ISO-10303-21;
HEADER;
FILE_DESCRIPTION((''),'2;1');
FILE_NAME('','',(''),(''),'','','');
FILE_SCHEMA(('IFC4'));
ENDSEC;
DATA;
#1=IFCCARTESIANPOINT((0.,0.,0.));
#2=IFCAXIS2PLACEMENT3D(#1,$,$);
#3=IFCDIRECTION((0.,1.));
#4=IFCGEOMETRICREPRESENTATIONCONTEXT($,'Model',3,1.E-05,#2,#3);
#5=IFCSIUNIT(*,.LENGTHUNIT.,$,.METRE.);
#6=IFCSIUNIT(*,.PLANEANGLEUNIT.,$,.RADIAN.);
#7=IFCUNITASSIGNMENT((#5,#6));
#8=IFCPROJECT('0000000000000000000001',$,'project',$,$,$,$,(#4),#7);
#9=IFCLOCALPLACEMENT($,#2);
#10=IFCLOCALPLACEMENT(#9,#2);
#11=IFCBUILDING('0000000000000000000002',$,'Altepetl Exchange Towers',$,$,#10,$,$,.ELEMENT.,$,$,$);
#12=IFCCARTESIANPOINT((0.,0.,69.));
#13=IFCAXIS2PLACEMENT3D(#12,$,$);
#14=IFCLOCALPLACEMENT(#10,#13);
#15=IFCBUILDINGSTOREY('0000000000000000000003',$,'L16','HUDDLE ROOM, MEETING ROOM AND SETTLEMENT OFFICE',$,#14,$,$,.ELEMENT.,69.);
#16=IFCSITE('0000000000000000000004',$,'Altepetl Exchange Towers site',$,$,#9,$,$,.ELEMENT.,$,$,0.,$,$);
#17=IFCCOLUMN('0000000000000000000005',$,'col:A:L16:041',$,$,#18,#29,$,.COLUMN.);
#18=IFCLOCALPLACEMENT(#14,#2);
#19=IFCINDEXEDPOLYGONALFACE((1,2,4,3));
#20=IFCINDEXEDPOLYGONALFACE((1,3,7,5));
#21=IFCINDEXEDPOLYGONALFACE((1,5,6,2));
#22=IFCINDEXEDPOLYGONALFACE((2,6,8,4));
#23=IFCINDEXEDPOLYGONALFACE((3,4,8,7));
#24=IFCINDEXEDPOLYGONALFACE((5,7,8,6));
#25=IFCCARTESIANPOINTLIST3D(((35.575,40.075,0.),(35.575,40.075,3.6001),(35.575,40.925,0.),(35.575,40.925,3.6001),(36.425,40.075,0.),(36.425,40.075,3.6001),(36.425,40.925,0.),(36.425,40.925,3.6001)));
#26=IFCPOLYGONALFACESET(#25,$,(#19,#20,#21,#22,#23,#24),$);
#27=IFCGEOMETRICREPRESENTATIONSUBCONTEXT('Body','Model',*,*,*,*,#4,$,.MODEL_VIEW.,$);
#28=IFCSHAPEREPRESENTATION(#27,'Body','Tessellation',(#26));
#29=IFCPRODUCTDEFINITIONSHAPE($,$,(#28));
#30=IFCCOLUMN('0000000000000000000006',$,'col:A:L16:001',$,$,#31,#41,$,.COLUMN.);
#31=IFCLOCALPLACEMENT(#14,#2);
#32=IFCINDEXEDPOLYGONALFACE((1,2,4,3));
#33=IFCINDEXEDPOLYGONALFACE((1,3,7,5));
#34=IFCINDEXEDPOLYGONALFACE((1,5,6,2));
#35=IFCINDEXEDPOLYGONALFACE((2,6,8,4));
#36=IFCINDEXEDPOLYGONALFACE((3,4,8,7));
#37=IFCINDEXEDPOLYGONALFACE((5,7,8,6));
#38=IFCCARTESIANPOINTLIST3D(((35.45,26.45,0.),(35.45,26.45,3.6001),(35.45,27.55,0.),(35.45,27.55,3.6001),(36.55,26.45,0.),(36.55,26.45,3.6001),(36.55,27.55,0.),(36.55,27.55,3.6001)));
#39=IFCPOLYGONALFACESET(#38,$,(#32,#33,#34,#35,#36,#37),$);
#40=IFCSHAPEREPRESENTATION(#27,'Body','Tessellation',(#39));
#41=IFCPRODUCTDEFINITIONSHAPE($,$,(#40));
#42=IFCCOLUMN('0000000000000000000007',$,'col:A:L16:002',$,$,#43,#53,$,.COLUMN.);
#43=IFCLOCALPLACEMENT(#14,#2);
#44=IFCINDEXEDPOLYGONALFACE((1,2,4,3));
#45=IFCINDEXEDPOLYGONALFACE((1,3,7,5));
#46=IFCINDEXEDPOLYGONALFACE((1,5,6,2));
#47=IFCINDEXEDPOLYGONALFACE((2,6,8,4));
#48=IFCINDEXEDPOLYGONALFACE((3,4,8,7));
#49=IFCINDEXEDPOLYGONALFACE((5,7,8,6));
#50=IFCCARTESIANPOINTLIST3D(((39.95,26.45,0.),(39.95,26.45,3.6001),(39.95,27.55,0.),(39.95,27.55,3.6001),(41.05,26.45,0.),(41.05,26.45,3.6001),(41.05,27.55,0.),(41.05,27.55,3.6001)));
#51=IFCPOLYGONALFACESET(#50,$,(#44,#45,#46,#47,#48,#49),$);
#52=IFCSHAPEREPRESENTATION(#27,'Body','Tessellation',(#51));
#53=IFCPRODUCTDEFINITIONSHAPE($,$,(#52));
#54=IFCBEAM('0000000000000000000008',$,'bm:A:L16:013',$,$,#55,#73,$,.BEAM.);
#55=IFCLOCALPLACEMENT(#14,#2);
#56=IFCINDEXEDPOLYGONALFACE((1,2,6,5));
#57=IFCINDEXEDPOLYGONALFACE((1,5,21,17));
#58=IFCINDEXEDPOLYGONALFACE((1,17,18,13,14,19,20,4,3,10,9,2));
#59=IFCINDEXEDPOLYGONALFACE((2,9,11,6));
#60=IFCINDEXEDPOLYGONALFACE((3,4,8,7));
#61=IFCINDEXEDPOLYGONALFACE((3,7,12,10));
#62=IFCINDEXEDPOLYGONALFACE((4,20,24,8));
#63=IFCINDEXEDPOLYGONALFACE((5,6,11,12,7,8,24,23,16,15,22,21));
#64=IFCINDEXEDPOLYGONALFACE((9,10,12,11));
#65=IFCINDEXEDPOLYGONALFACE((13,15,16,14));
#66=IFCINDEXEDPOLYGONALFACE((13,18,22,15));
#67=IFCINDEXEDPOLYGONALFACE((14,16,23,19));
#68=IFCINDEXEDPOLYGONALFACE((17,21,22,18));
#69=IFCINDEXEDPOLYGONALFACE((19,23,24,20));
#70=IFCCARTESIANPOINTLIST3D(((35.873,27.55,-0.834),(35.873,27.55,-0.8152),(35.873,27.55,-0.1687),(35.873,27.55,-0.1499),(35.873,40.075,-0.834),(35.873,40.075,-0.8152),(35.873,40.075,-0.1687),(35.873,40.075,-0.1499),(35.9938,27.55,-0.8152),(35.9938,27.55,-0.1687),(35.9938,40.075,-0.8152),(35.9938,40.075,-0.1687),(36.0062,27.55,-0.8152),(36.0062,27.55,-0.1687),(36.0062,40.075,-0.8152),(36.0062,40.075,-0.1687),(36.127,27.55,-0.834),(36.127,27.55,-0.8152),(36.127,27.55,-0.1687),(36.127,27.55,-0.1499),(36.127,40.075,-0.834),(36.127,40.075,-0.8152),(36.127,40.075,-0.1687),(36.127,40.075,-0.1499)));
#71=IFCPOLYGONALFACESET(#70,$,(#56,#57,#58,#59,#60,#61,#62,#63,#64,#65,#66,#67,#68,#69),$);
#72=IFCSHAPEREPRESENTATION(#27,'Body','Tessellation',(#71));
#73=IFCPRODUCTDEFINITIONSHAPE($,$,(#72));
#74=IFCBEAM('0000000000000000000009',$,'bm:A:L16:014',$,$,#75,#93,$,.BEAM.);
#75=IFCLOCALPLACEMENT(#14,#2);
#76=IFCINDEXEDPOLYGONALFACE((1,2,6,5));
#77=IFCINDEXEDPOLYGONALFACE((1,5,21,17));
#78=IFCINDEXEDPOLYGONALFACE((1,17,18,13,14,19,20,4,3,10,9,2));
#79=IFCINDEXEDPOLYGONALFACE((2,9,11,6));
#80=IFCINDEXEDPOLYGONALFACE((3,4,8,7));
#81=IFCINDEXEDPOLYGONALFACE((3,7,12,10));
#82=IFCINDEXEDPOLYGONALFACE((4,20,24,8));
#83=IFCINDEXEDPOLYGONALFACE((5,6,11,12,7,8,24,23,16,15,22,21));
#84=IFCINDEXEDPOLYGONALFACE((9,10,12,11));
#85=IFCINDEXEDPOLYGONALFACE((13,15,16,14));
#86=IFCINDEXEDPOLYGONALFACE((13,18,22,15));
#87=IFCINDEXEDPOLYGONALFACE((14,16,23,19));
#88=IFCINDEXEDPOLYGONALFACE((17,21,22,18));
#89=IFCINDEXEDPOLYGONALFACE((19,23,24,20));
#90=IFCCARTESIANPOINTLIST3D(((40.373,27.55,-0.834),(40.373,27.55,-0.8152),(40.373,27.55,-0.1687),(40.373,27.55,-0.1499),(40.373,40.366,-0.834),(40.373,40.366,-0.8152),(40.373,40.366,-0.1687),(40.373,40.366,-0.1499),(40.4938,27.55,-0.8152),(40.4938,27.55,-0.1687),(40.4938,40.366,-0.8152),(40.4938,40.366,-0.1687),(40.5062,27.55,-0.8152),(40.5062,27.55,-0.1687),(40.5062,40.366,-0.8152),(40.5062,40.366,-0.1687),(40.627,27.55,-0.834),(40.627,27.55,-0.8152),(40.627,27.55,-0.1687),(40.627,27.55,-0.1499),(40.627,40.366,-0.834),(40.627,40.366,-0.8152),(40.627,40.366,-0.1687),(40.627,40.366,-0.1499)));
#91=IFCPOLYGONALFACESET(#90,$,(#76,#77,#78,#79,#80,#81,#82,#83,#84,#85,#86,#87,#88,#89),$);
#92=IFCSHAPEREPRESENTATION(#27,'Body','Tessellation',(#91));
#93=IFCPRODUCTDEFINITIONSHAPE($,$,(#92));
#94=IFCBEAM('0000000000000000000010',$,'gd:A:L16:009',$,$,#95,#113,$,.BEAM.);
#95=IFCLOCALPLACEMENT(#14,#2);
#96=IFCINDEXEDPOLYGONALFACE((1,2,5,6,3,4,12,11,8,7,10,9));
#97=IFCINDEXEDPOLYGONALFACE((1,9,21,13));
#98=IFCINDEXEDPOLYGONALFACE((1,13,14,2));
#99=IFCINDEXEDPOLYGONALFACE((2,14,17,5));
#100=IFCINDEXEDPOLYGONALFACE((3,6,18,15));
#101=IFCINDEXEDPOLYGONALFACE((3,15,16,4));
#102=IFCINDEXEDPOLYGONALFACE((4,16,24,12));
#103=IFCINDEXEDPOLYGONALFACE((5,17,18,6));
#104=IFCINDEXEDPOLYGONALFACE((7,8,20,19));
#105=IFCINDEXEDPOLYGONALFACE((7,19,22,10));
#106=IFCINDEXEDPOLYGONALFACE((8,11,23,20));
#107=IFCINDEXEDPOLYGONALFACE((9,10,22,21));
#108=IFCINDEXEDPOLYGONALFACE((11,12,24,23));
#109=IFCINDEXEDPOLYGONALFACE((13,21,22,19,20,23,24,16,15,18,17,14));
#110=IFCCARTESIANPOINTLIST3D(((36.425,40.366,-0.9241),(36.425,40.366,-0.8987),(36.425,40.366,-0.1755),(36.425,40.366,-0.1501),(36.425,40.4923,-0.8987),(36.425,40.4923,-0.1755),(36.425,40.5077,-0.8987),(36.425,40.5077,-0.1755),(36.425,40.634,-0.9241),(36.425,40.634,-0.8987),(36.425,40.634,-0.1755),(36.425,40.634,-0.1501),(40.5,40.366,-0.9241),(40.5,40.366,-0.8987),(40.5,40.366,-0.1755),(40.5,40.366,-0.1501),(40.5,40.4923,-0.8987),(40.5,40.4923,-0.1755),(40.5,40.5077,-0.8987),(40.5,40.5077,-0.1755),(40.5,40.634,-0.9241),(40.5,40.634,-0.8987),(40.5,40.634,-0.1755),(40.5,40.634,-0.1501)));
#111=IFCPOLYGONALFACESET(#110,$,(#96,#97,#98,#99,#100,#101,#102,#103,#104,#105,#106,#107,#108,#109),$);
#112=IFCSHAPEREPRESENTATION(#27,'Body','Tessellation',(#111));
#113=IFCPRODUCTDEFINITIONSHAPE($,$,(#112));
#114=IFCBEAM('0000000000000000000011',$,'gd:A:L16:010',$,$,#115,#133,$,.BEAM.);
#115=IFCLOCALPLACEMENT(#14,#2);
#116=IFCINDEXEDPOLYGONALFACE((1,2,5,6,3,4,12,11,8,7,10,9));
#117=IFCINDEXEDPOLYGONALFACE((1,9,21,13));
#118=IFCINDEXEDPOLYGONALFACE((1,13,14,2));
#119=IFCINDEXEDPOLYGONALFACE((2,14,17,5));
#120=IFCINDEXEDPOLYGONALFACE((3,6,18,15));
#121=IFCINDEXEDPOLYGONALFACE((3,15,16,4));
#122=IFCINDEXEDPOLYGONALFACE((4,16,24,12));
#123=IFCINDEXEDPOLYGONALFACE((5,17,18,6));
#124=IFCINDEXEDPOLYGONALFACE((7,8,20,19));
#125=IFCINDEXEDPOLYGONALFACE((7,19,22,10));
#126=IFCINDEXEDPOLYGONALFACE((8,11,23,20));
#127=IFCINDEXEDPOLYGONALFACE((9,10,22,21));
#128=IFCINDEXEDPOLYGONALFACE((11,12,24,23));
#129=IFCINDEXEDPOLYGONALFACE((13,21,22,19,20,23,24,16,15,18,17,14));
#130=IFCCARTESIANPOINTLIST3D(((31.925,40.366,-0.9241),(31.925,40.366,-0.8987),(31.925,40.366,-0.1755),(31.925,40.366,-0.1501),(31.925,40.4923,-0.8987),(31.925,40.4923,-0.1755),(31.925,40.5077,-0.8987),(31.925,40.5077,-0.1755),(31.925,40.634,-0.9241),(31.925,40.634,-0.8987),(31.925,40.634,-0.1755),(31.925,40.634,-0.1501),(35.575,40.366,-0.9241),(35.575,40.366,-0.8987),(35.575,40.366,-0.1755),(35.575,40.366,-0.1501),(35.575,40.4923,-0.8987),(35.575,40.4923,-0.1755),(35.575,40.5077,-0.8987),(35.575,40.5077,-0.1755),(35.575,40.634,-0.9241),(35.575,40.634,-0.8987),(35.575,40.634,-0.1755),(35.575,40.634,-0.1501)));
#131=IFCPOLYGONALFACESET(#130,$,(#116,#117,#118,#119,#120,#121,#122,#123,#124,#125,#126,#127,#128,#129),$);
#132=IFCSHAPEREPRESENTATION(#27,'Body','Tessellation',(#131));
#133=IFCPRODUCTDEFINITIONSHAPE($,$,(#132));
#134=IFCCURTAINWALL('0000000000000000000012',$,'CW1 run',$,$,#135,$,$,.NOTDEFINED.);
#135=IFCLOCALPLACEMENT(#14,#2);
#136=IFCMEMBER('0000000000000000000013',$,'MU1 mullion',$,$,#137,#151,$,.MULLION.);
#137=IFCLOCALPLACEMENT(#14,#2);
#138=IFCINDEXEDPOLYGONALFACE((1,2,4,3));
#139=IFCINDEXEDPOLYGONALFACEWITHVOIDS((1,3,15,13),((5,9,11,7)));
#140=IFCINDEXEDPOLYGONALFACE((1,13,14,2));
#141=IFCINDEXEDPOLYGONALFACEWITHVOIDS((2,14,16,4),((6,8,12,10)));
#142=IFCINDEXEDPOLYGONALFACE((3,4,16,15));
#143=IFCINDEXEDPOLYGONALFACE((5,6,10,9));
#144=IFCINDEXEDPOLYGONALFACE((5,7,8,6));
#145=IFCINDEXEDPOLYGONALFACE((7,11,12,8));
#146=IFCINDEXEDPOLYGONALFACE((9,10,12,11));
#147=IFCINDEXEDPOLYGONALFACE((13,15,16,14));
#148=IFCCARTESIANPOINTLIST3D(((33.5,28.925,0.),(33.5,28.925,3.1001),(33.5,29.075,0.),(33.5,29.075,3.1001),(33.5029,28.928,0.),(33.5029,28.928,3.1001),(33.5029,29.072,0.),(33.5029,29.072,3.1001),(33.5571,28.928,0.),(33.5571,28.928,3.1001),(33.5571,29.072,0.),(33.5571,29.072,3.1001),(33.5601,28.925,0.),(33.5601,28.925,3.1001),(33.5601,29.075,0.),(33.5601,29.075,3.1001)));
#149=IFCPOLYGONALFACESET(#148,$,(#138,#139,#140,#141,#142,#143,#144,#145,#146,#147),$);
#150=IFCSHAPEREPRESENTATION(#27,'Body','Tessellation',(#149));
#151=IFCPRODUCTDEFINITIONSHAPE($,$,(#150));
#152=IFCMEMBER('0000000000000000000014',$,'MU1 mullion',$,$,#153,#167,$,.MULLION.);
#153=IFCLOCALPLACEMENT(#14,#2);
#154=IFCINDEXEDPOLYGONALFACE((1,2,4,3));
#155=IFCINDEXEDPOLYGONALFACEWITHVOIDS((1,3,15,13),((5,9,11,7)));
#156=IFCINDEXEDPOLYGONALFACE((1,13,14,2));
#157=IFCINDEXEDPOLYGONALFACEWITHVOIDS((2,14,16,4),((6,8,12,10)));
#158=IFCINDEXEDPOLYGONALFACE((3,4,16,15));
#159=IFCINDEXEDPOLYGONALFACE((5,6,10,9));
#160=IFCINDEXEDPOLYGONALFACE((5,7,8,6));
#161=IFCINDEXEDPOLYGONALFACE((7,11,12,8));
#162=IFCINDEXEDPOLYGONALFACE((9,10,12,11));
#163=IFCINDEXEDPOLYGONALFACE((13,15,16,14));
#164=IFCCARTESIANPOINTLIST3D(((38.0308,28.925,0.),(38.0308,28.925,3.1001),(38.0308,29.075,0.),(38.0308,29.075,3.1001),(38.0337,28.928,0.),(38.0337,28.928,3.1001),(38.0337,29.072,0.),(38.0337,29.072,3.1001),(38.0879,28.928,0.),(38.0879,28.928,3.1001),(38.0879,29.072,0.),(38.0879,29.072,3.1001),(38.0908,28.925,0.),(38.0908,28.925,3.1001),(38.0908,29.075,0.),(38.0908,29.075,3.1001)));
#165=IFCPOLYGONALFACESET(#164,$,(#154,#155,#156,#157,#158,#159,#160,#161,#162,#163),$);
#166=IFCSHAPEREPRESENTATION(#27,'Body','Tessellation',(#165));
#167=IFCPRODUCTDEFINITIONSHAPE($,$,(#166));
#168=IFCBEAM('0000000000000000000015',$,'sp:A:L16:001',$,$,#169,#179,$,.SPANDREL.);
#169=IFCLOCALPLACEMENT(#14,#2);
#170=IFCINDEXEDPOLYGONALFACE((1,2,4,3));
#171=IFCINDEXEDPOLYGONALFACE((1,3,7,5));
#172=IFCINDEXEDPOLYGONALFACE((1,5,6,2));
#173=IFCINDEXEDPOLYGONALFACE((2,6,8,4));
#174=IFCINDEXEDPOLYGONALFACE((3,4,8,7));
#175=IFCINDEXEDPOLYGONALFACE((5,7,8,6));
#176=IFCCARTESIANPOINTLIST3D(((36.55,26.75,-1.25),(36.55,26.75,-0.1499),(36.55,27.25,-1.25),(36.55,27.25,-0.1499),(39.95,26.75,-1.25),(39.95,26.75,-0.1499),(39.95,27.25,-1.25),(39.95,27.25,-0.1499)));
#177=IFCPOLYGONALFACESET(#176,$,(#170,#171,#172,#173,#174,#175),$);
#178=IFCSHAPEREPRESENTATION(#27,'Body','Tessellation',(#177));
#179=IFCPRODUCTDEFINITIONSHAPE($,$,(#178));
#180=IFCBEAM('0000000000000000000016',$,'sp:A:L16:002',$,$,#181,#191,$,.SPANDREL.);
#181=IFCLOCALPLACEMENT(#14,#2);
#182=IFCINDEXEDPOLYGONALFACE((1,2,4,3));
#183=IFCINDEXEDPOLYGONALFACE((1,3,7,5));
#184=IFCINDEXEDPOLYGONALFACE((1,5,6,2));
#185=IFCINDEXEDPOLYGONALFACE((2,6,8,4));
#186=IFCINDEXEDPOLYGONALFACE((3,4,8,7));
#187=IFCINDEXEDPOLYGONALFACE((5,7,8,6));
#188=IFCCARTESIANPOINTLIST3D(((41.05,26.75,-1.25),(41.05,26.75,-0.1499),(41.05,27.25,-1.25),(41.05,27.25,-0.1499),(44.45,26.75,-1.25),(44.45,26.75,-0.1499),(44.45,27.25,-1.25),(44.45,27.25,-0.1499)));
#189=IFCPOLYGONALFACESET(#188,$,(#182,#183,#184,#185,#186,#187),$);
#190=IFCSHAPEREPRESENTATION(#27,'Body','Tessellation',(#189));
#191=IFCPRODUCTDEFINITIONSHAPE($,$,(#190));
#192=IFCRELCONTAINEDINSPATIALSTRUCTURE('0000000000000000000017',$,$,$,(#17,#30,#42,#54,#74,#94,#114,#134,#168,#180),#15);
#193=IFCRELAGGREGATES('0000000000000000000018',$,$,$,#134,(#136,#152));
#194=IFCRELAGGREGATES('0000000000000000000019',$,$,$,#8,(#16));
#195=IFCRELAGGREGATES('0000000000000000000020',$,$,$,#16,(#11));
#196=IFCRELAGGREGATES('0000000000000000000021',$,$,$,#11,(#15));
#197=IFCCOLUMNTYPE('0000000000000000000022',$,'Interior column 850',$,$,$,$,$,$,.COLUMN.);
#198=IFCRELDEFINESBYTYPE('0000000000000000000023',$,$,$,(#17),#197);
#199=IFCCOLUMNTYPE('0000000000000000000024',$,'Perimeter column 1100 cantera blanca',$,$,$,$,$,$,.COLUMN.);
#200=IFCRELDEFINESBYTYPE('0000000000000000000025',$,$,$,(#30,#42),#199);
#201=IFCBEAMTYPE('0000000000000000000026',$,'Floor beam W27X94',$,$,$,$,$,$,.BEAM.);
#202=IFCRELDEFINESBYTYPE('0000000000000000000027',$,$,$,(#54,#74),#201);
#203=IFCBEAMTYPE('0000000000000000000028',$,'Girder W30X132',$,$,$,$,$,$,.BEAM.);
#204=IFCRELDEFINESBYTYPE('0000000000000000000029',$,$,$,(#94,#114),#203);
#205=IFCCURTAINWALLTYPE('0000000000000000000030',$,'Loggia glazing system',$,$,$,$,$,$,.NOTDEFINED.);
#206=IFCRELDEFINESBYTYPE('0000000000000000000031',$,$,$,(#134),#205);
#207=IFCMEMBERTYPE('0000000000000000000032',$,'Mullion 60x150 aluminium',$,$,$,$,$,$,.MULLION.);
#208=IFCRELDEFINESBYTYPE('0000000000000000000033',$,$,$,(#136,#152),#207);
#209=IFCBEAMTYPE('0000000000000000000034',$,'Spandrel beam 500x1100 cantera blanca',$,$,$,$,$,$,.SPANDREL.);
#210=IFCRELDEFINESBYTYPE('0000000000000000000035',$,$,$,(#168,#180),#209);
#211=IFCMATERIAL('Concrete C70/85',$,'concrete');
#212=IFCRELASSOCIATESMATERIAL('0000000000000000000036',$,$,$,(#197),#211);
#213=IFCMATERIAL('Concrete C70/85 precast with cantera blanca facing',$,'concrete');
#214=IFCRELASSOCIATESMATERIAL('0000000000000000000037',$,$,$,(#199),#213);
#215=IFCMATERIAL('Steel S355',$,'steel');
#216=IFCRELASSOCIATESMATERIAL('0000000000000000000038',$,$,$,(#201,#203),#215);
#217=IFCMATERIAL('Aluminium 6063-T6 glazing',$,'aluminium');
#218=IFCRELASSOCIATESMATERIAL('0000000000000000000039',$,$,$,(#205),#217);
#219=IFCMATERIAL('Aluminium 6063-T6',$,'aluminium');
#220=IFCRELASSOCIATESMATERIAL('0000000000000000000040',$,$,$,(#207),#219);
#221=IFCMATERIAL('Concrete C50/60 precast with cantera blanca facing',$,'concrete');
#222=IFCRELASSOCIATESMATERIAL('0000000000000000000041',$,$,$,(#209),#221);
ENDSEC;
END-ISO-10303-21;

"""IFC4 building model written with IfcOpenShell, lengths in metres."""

from ifc_helpers import new_model, si_unit, direction, frame, origin, origin_2d, place, context, subcontext, project, spatial, rectangle, hollow_rectangle, i_section, extrude, material, material_profile, profile_set, type_object, element, aggregate, save


model = new_model("IFC4")

# Units and contexts
model_context = context("Model", 3, precision=1e-05, world=origin(), true_north=direction((0.0, 1.0)))
body_context = subcontext(model_context, "Body", "Model", "MODEL_VIEW")
ifc_project = project(units=[si_unit("LENGTHUNIT", "METRE"), si_unit("PLANEANGLEUNIT", "RADIAN")], contexts=[model_context])

# Site, building, storey
site_placement = place(None, origin())
site = spatial("IfcSite", under=ifc_project, at=site_placement, Name="Altepetl Exchange Towers site", CompositionType="ELEMENT", RefElevation=0.0)
building_placement = place(site_placement, origin())
building = spatial("IfcBuilding", under=site, at=building_placement, Name="Altepetl Exchange Towers", CompositionType="ELEMENT")
storey_placement = place(building_placement, frame((0.0, 0.0, 69.0)))
storey = spatial("IfcBuildingStorey", under=building, at=storey_placement, Name="L16", Description="HUDDLE ROOM, MEETING ROOM AND SETTLEMENT OFFICE", CompositionType="ELEMENT", Elevation=69.0)

# Columns
ifc_material_1 = material(Name="Concrete C70/85", Category="concrete")
ifc_material_profile_1 = material_profile(ifc_material_1, rectangle(XDim=0.8501, YDim=0.8501, at=origin_2d()), Name="850 x 850")
ifc_profile_set_1 = profile_set([ifc_material_profile_1], Name="Concrete C70/85")
column_type_1 = type_object("IfcColumnType", Name="Interior column 850", PredefinedType="COLUMN", material=ifc_profile_set_1)
column_placement = place(storey_placement, frame((36.0, 40.5, 0.0)))
element("IfcColumn", 1, at=column_placement, inside=storey, type_object=column_type_1, Name="col:A:L16:041", PredefinedType="COLUMN", context=body_context, shape_type="SweptSolid", body=[
    extrude(rectangle(XDim=0.8501, YDim=0.8501, at=origin_2d()), origin(), (0.0, 0.0, 1.0), 3.6001),
])
ifc_material_2 = material(Name="Concrete C70/85 precast with cantera blanca facing", Category="concrete")
ifc_material_profile_2 = material_profile(ifc_material_2, rectangle(XDim=1.1001, YDim=1.1001, at=origin_2d()), Name="1100 x 1100")
ifc_profile_set_2 = profile_set([ifc_material_profile_2], Name="Concrete C70/85 precast with cantera blanca facing")
column_type_2 = type_object("IfcColumnType", Name="Perimeter column 1100 cantera blanca", PredefinedType="COLUMN", material=ifc_profile_set_2)
for number, where, name in (
    (2, (36.0, 27.0, 0.0), "col:A:L16:001"),
    (3, (40.5, 27.0, 0.0), "col:A:L16:002"),
):
    element("IfcColumn", number, at=place(storey_placement, frame(where)), inside=storey, type_object=column_type_2, Name=name, PredefinedType="COLUMN", context=body_context, shape_type="SweptSolid", body=[
        extrude(rectangle(XDim=1.1001, YDim=1.1001, at=origin_2d()), origin(), (0.0, 0.0, 1.0), 3.6001),
    ])

# Beams
ifc_material_3 = material(Name="Steel S355", Category="steel")
ifc_material_profile_3 = material_profile(ifc_material_3, i_section(OverallWidth=0.2539, OverallDepth=0.6841, WebThickness=0.0125, FlangeThickness=0.0188, at=origin_2d()), Name="W27X94")
ifc_profile_set_3 = profile_set([ifc_material_profile_3], Name="Steel S355")
beam_type_1 = type_object("IfcBeamType", Name="Floor beam W27X94", PredefinedType="BEAM", material=ifc_profile_set_3)
beam_1_placement = place(storey_placement, frame((36.0, 27.55, -0.4919), z_axis=(0.0, 1.0, 0.0), x_axis=(-1.0, 0.0, 0.0)))
element("IfcBeam", 4, at=beam_1_placement, inside=storey, type_object=beam_type_1, Name="bm:A:L16:013", PredefinedType="BEAM", context=body_context, shape_type="SweptSolid", body=[
    extrude(i_section(OverallWidth=0.2539, OverallDepth=0.6841, WebThickness=0.0125, FlangeThickness=0.0188, at=origin_2d()), origin(), (0.0, 0.0, 1.0), 12.5249),
])
beam_2_placement = place(storey_placement, frame((40.5, 27.55, -0.4919), z_axis=(0.0, 1.0, 0.0), x_axis=(-1.0, 0.0, 0.0)))
element("IfcBeam", 5, at=beam_2_placement, inside=storey, type_object=beam_type_1, Name="bm:A:L16:014", PredefinedType="BEAM", context=body_context, shape_type="SweptSolid", body=[
    extrude(i_section(OverallWidth=0.2539, OverallDepth=0.6841, WebThickness=0.0125, FlangeThickness=0.0188, at=origin_2d()), origin(), (0.0, 0.0, 1.0), 12.8159),
])
ifc_material_profile_4 = material_profile(ifc_material_3, i_section(OverallWidth=0.2681, OverallDepth=0.7739, WebThickness=0.0154, FlangeThickness=0.0254, at=origin_2d()), Name="W30X132")
ifc_profile_set_4 = profile_set([ifc_material_profile_4], Name="Steel S355")
beam_type_2 = type_object("IfcBeamType", Name="Girder W30X132", PredefinedType="BEAM", material=ifc_profile_set_4)
beam_3_placement = place(storey_placement, frame((40.5, 40.5, -0.5371), z_axis=(-1.0, 0.0, 0.0), x_axis=(0.0, -1.0, 0.0)))
element("IfcBeam", 6, at=beam_3_placement, inside=storey, type_object=beam_type_2, Name="gd:A:L16:009", PredefinedType="BEAM", context=body_context, shape_type="SweptSolid", body=[
    extrude(i_section(OverallWidth=0.2681, OverallDepth=0.7739, WebThickness=0.0154, FlangeThickness=0.0254, at=origin_2d()), origin(), (0.0, 0.0, 1.0), 4.075),
])
beam_4_placement = place(storey_placement, frame((35.575, 40.5, -0.5371), z_axis=(-1.0, 0.0, 0.0), x_axis=(0.0, -1.0, 0.0)))
element("IfcBeam", 7, at=beam_4_placement, inside=storey, type_object=beam_type_2, Name="gd:A:L16:010", PredefinedType="BEAM", context=body_context, shape_type="SweptSolid", body=[
    extrude(i_section(OverallWidth=0.2681, OverallDepth=0.7739, WebThickness=0.0154, FlangeThickness=0.0254, at=origin_2d()), origin(), (0.0, 0.0, 1.0), 3.6499),
])

# Curtain wall, members
ifc_material_4 = material(Name="Aluminium 6063-T6 glazing", Category="aluminium")
curtain_wall_type = type_object("IfcCurtainWallType", Name="Loggia glazing system", PredefinedType="NOTDEFINED", material=ifc_material_4)
curtain_wall_placement = place(storey_placement, origin())
curtain_wall = element("IfcCurtainWall", 8, at=curtain_wall_placement, inside=storey, type_object=curtain_wall_type, Name="CW1 run", PredefinedType="NOTDEFINED")
ifc_material_5 = material(Name="Aluminium 6063-T6", Category="aluminium")
ifc_material_profile_5 = material_profile(ifc_material_5, hollow_rectangle(XDim=0.0601, YDim=0.1499, WallThickness=0.0029, at=origin_2d()), Name="Mullion 60x150 aluminium")
ifc_profile_set_5 = profile_set([ifc_material_profile_5], Name="Aluminium 6063-T6")
member_type = type_object("IfcMemberType", Name="Mullion 60x150 aluminium", PredefinedType="MULLION", material=ifc_profile_set_5)
member_1_placement = place(storey_placement, frame((33.53, 29.0, 0.0)))
member_1 = element("IfcMember", 9, at=member_1_placement, type_object=member_type, Name="MU1 mullion", PredefinedType="MULLION", context=body_context, shape_type="SweptSolid", body=[
    extrude(hollow_rectangle(XDim=0.0601, YDim=0.1499, WallThickness=0.0029, at=origin_2d()), origin(), (0.0, 0.0, 1.0), 3.1001),
])
member_2_placement = place(storey_placement, frame((38.0608, 29.0, 0.0)))
member_2 = element("IfcMember", 10, at=member_2_placement, type_object=member_type, Name="MU1 mullion", PredefinedType="MULLION", context=body_context, shape_type="SweptSolid", body=[
    extrude(hollow_rectangle(XDim=0.0601, YDim=0.1499, WallThickness=0.0029, at=origin_2d()), origin(), (0.0, 0.0, 1.0), 3.1001),
])

# Beams
ifc_material_6 = material(Name="Concrete C50/60 precast with cantera blanca facing", Category="concrete")
ifc_material_profile_6 = material_profile(ifc_material_6, rectangle(XDim=0.5, YDim=1.1001, at=origin_2d()), Name="500 x 1100")
ifc_profile_set_6 = profile_set([ifc_material_profile_6], Name="Concrete C50/60 precast with cantera blanca facing")
beam_type_3 = type_object("IfcBeamType", Name="Spandrel beam 500x1100 cantera blanca", PredefinedType="SPANDREL", material=ifc_profile_set_6)
for number, where, z_axis, x_axis, name in (
    (11, (36.55, 27.0, -0.7), (1.0, 0.0, 0.0), (0.0, 1.0, 0.0), "sp:A:L16:001"),
    (12, (41.05, 27.0, -0.7), (1.0, 0.0, 0.0), (0.0, 1.0, 0.0), "sp:A:L16:002"),
):
    element("IfcBeam", number, at=place(storey_placement, frame(where, z_axis=z_axis, x_axis=x_axis)), inside=storey, type_object=beam_type_3, Name=name, PredefinedType="SPANDREL", context=body_context, shape_type="SweptSolid", body=[
        extrude(rectangle(XDim=0.5, YDim=1.1001, at=origin_2d()), origin(), (0.0, 0.0, 1.0), 3.3999),
    ])

aggregate(curtain_wall, [member_1, member_2])

save(model, "model.ifc")
